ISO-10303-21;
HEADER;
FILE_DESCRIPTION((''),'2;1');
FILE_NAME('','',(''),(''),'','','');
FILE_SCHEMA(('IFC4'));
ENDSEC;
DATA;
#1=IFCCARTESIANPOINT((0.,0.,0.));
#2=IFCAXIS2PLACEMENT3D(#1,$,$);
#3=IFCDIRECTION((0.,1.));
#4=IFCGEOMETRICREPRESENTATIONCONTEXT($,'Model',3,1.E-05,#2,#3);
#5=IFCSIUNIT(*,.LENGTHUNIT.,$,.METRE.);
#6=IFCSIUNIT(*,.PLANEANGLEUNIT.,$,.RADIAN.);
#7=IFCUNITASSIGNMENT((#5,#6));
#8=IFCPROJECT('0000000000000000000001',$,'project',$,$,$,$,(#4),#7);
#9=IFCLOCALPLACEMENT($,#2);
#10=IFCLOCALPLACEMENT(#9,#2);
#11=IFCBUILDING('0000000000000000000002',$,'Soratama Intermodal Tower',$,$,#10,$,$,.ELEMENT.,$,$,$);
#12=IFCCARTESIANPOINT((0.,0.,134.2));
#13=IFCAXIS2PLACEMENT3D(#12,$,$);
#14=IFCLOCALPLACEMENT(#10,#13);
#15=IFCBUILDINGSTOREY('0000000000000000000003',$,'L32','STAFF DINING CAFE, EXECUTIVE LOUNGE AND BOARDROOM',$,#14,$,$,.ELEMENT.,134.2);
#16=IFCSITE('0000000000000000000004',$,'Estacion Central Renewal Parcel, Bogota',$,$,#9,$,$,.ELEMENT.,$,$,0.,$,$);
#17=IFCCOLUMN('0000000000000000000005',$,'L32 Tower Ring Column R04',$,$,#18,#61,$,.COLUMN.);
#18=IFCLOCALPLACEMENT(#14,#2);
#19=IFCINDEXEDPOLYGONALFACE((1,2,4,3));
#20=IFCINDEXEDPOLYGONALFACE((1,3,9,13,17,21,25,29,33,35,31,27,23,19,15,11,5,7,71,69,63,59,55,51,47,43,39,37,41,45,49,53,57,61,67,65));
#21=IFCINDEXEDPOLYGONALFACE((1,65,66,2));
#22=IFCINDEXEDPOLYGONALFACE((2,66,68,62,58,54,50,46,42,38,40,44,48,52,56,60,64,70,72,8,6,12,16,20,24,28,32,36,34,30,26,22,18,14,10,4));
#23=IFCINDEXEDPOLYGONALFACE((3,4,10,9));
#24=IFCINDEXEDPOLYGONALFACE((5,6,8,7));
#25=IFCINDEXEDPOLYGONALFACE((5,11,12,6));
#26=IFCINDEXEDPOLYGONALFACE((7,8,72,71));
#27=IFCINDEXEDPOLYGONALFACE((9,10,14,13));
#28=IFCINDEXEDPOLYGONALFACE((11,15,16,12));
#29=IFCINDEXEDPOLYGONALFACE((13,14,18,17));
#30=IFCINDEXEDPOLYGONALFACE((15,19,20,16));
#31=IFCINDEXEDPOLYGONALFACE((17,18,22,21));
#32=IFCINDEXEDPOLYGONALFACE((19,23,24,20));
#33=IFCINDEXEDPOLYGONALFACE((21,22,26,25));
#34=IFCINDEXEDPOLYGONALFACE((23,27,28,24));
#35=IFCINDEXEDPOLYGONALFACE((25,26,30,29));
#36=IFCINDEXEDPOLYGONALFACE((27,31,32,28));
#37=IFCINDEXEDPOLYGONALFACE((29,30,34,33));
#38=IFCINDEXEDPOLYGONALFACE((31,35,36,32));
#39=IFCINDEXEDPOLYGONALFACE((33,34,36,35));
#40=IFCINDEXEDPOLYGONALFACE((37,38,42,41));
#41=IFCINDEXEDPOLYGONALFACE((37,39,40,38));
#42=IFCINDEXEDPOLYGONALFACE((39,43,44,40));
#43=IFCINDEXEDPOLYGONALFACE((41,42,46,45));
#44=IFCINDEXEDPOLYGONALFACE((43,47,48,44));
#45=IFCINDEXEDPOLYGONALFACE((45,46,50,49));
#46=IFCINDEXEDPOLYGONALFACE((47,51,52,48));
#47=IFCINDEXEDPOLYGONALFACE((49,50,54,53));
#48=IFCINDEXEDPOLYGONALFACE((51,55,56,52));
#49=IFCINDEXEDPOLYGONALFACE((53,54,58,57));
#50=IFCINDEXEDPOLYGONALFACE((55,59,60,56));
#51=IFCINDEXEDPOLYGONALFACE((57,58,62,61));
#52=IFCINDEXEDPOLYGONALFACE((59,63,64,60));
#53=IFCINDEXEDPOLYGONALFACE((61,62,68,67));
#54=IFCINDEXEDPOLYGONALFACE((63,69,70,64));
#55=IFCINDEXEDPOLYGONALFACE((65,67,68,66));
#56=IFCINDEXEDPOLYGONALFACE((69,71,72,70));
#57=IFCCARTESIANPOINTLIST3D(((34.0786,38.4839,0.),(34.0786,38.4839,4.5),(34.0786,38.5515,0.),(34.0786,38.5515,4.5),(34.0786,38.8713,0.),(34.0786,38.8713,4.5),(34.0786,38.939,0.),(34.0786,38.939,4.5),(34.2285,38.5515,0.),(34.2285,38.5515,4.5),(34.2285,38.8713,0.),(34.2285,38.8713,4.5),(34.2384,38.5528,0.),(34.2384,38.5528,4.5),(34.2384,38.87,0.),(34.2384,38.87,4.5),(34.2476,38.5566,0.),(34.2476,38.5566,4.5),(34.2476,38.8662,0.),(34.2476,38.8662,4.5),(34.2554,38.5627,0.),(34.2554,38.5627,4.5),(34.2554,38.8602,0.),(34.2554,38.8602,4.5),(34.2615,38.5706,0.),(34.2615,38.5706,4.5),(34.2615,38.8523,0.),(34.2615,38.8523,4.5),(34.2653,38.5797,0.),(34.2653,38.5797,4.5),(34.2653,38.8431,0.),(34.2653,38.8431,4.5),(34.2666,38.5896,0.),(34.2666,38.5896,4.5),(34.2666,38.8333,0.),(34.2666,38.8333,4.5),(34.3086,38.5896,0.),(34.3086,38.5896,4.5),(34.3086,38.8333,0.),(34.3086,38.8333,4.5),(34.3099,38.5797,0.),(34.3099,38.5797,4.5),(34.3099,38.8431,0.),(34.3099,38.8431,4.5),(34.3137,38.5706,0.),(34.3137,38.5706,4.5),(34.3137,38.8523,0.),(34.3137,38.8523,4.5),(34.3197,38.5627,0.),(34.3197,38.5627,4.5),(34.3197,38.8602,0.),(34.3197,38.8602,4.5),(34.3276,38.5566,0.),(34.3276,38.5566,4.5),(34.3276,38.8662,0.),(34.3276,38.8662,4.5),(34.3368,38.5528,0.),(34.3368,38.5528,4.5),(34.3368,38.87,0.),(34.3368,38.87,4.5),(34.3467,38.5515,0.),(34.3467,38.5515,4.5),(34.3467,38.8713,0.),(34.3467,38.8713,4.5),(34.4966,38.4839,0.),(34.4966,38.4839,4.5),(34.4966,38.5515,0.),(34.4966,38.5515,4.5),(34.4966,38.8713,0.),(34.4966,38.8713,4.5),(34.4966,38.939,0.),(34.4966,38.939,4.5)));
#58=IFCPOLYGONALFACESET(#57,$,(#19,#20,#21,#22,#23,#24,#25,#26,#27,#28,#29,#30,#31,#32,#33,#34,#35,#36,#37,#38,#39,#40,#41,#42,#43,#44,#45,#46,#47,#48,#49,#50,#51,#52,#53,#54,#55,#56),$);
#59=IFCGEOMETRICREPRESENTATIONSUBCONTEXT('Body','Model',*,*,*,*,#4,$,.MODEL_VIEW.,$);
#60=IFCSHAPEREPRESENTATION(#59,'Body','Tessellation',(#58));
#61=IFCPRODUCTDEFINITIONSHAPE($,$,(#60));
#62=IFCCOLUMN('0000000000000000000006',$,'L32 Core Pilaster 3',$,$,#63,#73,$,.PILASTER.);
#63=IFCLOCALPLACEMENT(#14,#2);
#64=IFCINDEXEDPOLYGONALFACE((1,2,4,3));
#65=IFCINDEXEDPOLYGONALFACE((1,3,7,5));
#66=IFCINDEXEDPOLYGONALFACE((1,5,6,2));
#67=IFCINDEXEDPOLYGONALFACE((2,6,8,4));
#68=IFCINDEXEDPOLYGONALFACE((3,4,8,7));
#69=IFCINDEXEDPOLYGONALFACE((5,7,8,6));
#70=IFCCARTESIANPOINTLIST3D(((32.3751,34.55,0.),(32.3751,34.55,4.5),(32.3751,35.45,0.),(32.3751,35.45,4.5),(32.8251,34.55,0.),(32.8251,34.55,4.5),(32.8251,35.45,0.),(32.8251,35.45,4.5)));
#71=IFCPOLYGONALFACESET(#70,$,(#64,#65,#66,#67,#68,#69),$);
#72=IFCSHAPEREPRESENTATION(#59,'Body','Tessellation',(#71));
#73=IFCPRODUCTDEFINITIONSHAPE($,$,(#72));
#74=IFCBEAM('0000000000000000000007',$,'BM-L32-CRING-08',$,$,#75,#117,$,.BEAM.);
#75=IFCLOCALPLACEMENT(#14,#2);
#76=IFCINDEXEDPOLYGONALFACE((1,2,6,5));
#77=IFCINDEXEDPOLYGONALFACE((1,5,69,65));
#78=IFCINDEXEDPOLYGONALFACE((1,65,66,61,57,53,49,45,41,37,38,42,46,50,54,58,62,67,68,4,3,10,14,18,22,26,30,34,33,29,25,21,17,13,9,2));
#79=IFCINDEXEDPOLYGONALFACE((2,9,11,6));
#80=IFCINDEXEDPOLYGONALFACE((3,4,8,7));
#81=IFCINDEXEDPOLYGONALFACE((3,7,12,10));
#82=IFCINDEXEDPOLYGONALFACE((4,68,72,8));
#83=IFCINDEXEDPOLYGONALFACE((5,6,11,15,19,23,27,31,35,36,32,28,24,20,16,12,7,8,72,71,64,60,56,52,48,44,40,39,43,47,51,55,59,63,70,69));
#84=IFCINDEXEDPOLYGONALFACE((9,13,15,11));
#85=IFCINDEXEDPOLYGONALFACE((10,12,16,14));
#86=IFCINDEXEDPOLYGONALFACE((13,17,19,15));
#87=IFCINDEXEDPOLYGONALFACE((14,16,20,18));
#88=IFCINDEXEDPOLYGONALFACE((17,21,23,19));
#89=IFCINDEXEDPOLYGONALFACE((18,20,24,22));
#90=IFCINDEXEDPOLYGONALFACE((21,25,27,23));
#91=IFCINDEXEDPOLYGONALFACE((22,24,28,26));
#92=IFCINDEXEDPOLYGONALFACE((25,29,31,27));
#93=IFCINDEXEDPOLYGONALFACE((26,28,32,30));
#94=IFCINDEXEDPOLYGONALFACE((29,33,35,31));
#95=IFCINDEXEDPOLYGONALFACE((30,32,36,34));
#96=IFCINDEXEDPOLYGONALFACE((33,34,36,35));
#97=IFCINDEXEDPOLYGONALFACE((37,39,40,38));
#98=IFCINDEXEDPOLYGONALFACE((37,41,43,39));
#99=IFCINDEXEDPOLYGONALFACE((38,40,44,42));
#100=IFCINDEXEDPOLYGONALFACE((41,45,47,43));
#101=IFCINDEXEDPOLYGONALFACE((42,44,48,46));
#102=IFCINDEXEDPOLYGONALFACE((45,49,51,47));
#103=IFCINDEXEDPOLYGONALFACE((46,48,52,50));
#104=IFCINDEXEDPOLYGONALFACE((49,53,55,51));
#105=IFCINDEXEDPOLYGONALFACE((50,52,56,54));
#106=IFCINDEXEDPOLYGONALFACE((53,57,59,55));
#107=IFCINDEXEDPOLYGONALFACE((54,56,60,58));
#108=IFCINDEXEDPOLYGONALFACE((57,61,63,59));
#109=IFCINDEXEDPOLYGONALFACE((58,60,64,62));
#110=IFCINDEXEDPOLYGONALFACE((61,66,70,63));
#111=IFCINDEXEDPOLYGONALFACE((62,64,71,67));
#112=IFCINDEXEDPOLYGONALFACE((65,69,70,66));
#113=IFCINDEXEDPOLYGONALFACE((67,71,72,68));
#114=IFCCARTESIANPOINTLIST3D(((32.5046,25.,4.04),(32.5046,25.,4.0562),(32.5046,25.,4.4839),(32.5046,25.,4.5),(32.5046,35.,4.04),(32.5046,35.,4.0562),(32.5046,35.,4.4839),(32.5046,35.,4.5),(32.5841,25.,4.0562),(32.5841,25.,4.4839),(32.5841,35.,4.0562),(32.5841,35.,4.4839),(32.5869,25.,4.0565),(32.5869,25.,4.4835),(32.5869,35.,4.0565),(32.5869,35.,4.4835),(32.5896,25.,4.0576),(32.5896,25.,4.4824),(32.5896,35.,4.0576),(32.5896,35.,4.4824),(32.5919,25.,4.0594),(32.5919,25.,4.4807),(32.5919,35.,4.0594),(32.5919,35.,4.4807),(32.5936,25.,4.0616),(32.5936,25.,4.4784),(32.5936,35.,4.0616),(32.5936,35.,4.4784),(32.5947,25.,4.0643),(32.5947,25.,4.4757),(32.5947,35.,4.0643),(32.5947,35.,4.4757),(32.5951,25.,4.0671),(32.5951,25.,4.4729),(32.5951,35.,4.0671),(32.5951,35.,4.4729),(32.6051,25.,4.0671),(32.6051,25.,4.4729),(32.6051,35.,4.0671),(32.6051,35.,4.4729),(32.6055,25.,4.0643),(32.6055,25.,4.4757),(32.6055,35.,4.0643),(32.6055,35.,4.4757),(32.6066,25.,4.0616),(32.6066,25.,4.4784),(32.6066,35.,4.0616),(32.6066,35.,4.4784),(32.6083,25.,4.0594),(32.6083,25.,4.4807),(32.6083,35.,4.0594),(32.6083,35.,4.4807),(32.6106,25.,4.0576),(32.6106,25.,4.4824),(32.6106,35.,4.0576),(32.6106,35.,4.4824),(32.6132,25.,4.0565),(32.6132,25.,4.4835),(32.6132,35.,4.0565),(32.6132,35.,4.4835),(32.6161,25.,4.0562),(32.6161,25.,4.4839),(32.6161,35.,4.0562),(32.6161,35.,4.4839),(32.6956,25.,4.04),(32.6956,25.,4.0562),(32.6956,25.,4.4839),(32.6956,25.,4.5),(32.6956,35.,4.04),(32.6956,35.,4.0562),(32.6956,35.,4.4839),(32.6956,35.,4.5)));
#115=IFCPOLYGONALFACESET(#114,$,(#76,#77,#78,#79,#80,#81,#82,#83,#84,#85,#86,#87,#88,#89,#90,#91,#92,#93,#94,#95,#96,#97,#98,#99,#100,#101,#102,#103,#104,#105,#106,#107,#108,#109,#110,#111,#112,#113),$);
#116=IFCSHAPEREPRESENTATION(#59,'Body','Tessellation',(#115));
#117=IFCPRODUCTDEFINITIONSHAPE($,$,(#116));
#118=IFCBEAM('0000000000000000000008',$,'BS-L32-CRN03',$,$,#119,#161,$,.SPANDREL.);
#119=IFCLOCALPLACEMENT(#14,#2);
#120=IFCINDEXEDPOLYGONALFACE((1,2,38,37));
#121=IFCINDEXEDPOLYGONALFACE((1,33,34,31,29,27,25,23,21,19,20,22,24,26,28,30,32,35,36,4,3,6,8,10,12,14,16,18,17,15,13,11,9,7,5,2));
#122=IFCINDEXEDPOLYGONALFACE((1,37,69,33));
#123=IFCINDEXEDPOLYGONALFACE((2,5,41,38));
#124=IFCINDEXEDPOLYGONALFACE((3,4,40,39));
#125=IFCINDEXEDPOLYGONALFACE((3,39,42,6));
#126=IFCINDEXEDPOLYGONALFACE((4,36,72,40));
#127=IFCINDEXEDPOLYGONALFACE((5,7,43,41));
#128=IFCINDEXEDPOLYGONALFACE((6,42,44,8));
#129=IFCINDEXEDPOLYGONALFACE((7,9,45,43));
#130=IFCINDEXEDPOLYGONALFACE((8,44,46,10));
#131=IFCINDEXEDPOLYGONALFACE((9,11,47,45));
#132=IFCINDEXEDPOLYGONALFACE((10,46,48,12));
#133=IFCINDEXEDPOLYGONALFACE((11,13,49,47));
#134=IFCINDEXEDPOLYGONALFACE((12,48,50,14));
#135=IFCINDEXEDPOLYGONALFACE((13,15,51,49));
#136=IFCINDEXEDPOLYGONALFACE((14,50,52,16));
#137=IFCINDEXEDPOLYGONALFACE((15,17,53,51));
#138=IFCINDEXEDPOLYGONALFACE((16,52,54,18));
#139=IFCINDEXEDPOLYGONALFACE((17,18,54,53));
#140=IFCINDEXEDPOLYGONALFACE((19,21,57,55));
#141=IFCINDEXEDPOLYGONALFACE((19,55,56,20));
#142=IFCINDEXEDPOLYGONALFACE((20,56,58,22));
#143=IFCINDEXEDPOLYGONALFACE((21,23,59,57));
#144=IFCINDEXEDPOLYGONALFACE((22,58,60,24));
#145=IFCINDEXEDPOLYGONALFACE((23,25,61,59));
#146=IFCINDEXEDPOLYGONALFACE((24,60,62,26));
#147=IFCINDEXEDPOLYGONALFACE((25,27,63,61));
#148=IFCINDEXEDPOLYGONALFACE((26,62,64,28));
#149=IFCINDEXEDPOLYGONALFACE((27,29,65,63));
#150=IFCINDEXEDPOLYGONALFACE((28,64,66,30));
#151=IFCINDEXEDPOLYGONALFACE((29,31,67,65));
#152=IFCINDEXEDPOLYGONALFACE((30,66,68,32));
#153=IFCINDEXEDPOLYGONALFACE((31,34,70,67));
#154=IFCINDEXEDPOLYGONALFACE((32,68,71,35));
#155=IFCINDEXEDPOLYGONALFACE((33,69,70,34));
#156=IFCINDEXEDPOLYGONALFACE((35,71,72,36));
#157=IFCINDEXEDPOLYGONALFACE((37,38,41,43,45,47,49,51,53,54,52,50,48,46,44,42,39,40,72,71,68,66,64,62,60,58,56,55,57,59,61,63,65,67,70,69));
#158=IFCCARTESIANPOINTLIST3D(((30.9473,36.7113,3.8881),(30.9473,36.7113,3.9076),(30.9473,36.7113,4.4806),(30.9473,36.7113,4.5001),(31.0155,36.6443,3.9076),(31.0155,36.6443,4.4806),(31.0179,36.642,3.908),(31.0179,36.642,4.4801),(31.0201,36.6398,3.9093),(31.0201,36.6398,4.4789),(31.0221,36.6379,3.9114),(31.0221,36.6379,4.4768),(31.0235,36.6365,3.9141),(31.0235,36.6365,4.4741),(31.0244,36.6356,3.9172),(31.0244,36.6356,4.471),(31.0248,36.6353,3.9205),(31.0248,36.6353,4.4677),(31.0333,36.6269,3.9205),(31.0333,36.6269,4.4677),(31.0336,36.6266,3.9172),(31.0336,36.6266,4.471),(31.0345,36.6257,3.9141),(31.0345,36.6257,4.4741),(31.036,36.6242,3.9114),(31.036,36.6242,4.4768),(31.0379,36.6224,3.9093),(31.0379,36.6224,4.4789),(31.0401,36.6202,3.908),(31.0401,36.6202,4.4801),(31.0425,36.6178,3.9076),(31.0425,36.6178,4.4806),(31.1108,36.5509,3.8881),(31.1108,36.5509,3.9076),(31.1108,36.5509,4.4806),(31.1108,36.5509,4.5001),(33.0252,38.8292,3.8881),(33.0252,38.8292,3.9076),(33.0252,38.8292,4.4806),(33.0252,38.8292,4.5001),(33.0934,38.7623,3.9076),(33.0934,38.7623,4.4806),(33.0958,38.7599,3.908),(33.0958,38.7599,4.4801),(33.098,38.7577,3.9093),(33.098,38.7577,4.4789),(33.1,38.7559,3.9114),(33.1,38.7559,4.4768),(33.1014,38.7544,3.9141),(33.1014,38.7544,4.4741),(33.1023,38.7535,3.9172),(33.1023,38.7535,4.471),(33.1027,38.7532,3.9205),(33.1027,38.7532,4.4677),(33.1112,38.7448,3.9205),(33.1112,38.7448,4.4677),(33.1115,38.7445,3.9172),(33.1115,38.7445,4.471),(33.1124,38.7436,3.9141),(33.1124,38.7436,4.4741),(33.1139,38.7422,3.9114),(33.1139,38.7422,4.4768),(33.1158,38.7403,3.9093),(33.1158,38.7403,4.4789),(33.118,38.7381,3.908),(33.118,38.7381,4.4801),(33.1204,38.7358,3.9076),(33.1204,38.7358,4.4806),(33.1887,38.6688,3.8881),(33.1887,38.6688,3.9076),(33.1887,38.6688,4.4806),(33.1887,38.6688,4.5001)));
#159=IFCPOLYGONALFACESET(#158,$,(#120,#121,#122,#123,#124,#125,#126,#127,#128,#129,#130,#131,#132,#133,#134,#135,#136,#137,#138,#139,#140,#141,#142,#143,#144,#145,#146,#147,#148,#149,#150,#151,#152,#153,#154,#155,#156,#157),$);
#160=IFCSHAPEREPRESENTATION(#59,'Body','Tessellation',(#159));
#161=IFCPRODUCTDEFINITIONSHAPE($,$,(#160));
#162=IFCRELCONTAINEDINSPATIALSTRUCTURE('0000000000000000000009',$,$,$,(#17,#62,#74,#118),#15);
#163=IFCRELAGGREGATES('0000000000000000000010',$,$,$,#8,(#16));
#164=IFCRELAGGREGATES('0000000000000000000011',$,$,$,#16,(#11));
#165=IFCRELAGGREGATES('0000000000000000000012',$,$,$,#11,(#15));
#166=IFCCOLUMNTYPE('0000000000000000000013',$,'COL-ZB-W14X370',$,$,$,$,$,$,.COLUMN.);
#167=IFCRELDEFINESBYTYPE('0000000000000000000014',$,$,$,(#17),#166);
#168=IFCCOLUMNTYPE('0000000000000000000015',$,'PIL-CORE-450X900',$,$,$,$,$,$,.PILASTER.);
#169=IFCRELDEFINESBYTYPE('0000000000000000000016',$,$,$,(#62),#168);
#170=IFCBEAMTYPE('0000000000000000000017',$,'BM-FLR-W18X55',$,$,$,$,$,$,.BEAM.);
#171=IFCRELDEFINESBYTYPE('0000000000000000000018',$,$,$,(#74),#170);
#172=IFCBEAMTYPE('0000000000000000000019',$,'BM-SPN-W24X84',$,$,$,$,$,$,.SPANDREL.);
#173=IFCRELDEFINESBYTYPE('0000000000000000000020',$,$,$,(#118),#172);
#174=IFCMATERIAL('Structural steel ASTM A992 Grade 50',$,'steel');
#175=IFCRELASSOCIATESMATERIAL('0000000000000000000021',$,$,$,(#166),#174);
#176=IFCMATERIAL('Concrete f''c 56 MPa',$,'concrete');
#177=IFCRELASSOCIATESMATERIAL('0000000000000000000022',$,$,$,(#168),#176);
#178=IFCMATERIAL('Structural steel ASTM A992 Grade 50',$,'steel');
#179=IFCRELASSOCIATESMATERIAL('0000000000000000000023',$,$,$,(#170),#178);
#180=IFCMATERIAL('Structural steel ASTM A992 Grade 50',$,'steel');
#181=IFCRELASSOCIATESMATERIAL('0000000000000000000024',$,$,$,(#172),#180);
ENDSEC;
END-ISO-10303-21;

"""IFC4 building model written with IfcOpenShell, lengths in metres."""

from ifc_helpers import new_model, si_unit, direction, frame, origin, origin_2d, place, context, subcontext, project, spatial, rectangle, i_section, extrude, material, material_profile, profile_set, type_object, element, save


model = new_model("IFC4")

# Units and contexts
model_context = context("Model", 3, precision=1e-05, world=origin(), true_north=direction((0.0, 1.0)))
body_context = subcontext(model_context, "Body", "Model", "MODEL_VIEW")
ifc_project = project(units=[si_unit("LENGTHUNIT", "METRE"), si_unit("PLANEANGLEUNIT", "RADIAN")], contexts=[model_context])

# Site, building, storey
site_placement = place(None, origin())
site = spatial("IfcSite", under=ifc_project, at=site_placement, Name="Estacion Central Renewal Parcel, Bogota", CompositionType="ELEMENT", RefElevation=0.0)
building_placement = place(site_placement, origin())
building = spatial("IfcBuilding", under=site, at=building_placement, Name="Soratama Intermodal Tower", CompositionType="ELEMENT")
storey_placement = place(building_placement, frame((0.0, 0.0, 134.2)))
storey = spatial("IfcBuildingStorey", under=building, at=storey_placement, Name="L32", Description="STAFF DINING CAFE, EXECUTIVE LOUNGE AND BOARDROOM", CompositionType="ELEMENT", Elevation=134.2)

# Columns
ifc_material_1 = material(Name="Structural steel ASTM A992 Grade 50", Category="steel")
ifc_material_profile_1 = material_profile(ifc_material_1, i_section(OverallWidth=0.418, OverallDepth=0.4551, WebThickness=0.042, FlangeThickness=0.0676, FilletRadius=0.0381, at=origin_2d()), Name="W14X370")
ifc_profile_set_1 = profile_set([ifc_material_profile_1], Name="Structural steel ASTM A992 Grade 50")
column_type_1 = type_object("IfcColumnType", Name="COL-ZB-W14X370", PredefinedType="COLUMN", material=ifc_profile_set_1)
column_1_placement = place(storey_placement, frame((34.2876, 38.7114, 0.0), z_axis=(0.0, 0.0, 1.0), x_axis=(1.0, 0.0, 0.0)))
element("IfcColumn", 1, at=column_1_placement, inside=storey, type_object=column_type_1, Name="L32 Tower Ring Column R04", PredefinedType="COLUMN", context=body_context, shape_type="SweptSolid", body=[
    extrude(i_section(OverallWidth=0.418, OverallDepth=0.4551, WebThickness=0.042, FlangeThickness=0.0676, FilletRadius=0.0381, at=origin_2d()), origin(), (0.0, 0.0, 1.0), 4.5),
])
ifc_material_2 = material(Name="Concrete f'c 56 MPa", Category="concrete")
ifc_material_profile_2 = material_profile(ifc_material_2, rectangle(XDim=0.45, YDim=0.8999, at=origin_2d()), Name="RC450X900")
ifc_profile_set_2 = profile_set([ifc_material_profile_2], Name="Concrete f'c 56 MPa")
column_type_2 = type_object("IfcColumnType", Name="PIL-CORE-450X900", PredefinedType="PILASTER", material=ifc_profile_set_2)
column_2_placement = place(storey_placement, frame((32.6001, 35.0, 0.0), z_axis=(0.0, 0.0, 1.0), x_axis=(1.0, 0.0, 0.0)))
element("IfcColumn", 2, at=column_2_placement, inside=storey, type_object=column_type_2, Name="L32 Core Pilaster 3", PredefinedType="PILASTER", context=body_context, shape_type="SweptSolid", body=[
    extrude(rectangle(XDim=0.45, YDim=0.8999, at=origin_2d()), origin(), (0.0, 0.0, 1.0), 4.5),
])

# Beams
ifc_material_3 = material(Name="Structural steel ASTM A992 Grade 50", Category="steel")
ifc_material_profile_3 = material_profile(ifc_material_3, i_section(OverallWidth=0.1909, OverallDepth=0.46, WebThickness=0.01, FlangeThickness=0.0161, FilletRadius=0.011, at=origin_2d()), Name="W18X55")
ifc_profile_set_3 = profile_set([ifc_material_profile_3], Name="Structural steel ASTM A992 Grade 50")
beam_type_1 = type_object("IfcBeamType", Name="BM-FLR-W18X55", PredefinedType="BEAM", material=ifc_profile_set_3)
beam_1_placement = place(storey_placement, frame((32.6001, 35.0, 4.27), z_axis=(0.0, -1.0, 0.0), x_axis=(1.0, 0.0, 0.0)))
element("IfcBeam", 3, at=beam_1_placement, inside=storey, type_object=beam_type_1, Name="BM-L32-CRING-08", PredefinedType="BEAM", context=body_context, shape_type="SweptSolid", body=[
    extrude(i_section(OverallWidth=0.1909, OverallDepth=0.46, WebThickness=0.01, FlangeThickness=0.0161, FilletRadius=0.011, at=origin_2d()), origin(), (0.0, 0.0, 1.0), 10.0),
])
ifc_material_4 = material(Name="Structural steel ASTM A992 Grade 50", Category="steel")
ifc_material_profile_4 = material_profile(ifc_material_4, i_section(OverallWidth=0.229, OverallDepth=0.6121, WebThickness=0.012, FlangeThickness=0.0195, FilletRadius=0.0129, at=origin_2d()), Name="W24X84")
ifc_profile_set_4 = profile_set([ifc_material_profile_4], Name="Structural steel ASTM A992 Grade 50")
beam_type_2 = type_object("IfcBeamType", Name="BM-SPN-W24X84", PredefinedType="SPANDREL", material=ifc_profile_set_4)
beam_2_placement = place(storey_placement, frame((33.1069, 38.749, 4.1941), z_axis=(-0.700327, -0.713822, 0.0), x_axis=(0.713822, -0.700327, 0.0)))
element("IfcBeam", 4, at=beam_2_placement, inside=storey, type_object=beam_type_2, Name="BS-L32-CRN03", PredefinedType="SPANDREL", context=body_context, shape_type="SweptSolid", body=[
    extrude(i_section(OverallWidth=0.229, OverallDepth=0.6121, WebThickness=0.012, FlangeThickness=0.0195, FilletRadius=0.0129, at=origin_2d()), origin(), (0.0, 0.0, 1.0), 2.967),
])

save(model, "model.ifc")
